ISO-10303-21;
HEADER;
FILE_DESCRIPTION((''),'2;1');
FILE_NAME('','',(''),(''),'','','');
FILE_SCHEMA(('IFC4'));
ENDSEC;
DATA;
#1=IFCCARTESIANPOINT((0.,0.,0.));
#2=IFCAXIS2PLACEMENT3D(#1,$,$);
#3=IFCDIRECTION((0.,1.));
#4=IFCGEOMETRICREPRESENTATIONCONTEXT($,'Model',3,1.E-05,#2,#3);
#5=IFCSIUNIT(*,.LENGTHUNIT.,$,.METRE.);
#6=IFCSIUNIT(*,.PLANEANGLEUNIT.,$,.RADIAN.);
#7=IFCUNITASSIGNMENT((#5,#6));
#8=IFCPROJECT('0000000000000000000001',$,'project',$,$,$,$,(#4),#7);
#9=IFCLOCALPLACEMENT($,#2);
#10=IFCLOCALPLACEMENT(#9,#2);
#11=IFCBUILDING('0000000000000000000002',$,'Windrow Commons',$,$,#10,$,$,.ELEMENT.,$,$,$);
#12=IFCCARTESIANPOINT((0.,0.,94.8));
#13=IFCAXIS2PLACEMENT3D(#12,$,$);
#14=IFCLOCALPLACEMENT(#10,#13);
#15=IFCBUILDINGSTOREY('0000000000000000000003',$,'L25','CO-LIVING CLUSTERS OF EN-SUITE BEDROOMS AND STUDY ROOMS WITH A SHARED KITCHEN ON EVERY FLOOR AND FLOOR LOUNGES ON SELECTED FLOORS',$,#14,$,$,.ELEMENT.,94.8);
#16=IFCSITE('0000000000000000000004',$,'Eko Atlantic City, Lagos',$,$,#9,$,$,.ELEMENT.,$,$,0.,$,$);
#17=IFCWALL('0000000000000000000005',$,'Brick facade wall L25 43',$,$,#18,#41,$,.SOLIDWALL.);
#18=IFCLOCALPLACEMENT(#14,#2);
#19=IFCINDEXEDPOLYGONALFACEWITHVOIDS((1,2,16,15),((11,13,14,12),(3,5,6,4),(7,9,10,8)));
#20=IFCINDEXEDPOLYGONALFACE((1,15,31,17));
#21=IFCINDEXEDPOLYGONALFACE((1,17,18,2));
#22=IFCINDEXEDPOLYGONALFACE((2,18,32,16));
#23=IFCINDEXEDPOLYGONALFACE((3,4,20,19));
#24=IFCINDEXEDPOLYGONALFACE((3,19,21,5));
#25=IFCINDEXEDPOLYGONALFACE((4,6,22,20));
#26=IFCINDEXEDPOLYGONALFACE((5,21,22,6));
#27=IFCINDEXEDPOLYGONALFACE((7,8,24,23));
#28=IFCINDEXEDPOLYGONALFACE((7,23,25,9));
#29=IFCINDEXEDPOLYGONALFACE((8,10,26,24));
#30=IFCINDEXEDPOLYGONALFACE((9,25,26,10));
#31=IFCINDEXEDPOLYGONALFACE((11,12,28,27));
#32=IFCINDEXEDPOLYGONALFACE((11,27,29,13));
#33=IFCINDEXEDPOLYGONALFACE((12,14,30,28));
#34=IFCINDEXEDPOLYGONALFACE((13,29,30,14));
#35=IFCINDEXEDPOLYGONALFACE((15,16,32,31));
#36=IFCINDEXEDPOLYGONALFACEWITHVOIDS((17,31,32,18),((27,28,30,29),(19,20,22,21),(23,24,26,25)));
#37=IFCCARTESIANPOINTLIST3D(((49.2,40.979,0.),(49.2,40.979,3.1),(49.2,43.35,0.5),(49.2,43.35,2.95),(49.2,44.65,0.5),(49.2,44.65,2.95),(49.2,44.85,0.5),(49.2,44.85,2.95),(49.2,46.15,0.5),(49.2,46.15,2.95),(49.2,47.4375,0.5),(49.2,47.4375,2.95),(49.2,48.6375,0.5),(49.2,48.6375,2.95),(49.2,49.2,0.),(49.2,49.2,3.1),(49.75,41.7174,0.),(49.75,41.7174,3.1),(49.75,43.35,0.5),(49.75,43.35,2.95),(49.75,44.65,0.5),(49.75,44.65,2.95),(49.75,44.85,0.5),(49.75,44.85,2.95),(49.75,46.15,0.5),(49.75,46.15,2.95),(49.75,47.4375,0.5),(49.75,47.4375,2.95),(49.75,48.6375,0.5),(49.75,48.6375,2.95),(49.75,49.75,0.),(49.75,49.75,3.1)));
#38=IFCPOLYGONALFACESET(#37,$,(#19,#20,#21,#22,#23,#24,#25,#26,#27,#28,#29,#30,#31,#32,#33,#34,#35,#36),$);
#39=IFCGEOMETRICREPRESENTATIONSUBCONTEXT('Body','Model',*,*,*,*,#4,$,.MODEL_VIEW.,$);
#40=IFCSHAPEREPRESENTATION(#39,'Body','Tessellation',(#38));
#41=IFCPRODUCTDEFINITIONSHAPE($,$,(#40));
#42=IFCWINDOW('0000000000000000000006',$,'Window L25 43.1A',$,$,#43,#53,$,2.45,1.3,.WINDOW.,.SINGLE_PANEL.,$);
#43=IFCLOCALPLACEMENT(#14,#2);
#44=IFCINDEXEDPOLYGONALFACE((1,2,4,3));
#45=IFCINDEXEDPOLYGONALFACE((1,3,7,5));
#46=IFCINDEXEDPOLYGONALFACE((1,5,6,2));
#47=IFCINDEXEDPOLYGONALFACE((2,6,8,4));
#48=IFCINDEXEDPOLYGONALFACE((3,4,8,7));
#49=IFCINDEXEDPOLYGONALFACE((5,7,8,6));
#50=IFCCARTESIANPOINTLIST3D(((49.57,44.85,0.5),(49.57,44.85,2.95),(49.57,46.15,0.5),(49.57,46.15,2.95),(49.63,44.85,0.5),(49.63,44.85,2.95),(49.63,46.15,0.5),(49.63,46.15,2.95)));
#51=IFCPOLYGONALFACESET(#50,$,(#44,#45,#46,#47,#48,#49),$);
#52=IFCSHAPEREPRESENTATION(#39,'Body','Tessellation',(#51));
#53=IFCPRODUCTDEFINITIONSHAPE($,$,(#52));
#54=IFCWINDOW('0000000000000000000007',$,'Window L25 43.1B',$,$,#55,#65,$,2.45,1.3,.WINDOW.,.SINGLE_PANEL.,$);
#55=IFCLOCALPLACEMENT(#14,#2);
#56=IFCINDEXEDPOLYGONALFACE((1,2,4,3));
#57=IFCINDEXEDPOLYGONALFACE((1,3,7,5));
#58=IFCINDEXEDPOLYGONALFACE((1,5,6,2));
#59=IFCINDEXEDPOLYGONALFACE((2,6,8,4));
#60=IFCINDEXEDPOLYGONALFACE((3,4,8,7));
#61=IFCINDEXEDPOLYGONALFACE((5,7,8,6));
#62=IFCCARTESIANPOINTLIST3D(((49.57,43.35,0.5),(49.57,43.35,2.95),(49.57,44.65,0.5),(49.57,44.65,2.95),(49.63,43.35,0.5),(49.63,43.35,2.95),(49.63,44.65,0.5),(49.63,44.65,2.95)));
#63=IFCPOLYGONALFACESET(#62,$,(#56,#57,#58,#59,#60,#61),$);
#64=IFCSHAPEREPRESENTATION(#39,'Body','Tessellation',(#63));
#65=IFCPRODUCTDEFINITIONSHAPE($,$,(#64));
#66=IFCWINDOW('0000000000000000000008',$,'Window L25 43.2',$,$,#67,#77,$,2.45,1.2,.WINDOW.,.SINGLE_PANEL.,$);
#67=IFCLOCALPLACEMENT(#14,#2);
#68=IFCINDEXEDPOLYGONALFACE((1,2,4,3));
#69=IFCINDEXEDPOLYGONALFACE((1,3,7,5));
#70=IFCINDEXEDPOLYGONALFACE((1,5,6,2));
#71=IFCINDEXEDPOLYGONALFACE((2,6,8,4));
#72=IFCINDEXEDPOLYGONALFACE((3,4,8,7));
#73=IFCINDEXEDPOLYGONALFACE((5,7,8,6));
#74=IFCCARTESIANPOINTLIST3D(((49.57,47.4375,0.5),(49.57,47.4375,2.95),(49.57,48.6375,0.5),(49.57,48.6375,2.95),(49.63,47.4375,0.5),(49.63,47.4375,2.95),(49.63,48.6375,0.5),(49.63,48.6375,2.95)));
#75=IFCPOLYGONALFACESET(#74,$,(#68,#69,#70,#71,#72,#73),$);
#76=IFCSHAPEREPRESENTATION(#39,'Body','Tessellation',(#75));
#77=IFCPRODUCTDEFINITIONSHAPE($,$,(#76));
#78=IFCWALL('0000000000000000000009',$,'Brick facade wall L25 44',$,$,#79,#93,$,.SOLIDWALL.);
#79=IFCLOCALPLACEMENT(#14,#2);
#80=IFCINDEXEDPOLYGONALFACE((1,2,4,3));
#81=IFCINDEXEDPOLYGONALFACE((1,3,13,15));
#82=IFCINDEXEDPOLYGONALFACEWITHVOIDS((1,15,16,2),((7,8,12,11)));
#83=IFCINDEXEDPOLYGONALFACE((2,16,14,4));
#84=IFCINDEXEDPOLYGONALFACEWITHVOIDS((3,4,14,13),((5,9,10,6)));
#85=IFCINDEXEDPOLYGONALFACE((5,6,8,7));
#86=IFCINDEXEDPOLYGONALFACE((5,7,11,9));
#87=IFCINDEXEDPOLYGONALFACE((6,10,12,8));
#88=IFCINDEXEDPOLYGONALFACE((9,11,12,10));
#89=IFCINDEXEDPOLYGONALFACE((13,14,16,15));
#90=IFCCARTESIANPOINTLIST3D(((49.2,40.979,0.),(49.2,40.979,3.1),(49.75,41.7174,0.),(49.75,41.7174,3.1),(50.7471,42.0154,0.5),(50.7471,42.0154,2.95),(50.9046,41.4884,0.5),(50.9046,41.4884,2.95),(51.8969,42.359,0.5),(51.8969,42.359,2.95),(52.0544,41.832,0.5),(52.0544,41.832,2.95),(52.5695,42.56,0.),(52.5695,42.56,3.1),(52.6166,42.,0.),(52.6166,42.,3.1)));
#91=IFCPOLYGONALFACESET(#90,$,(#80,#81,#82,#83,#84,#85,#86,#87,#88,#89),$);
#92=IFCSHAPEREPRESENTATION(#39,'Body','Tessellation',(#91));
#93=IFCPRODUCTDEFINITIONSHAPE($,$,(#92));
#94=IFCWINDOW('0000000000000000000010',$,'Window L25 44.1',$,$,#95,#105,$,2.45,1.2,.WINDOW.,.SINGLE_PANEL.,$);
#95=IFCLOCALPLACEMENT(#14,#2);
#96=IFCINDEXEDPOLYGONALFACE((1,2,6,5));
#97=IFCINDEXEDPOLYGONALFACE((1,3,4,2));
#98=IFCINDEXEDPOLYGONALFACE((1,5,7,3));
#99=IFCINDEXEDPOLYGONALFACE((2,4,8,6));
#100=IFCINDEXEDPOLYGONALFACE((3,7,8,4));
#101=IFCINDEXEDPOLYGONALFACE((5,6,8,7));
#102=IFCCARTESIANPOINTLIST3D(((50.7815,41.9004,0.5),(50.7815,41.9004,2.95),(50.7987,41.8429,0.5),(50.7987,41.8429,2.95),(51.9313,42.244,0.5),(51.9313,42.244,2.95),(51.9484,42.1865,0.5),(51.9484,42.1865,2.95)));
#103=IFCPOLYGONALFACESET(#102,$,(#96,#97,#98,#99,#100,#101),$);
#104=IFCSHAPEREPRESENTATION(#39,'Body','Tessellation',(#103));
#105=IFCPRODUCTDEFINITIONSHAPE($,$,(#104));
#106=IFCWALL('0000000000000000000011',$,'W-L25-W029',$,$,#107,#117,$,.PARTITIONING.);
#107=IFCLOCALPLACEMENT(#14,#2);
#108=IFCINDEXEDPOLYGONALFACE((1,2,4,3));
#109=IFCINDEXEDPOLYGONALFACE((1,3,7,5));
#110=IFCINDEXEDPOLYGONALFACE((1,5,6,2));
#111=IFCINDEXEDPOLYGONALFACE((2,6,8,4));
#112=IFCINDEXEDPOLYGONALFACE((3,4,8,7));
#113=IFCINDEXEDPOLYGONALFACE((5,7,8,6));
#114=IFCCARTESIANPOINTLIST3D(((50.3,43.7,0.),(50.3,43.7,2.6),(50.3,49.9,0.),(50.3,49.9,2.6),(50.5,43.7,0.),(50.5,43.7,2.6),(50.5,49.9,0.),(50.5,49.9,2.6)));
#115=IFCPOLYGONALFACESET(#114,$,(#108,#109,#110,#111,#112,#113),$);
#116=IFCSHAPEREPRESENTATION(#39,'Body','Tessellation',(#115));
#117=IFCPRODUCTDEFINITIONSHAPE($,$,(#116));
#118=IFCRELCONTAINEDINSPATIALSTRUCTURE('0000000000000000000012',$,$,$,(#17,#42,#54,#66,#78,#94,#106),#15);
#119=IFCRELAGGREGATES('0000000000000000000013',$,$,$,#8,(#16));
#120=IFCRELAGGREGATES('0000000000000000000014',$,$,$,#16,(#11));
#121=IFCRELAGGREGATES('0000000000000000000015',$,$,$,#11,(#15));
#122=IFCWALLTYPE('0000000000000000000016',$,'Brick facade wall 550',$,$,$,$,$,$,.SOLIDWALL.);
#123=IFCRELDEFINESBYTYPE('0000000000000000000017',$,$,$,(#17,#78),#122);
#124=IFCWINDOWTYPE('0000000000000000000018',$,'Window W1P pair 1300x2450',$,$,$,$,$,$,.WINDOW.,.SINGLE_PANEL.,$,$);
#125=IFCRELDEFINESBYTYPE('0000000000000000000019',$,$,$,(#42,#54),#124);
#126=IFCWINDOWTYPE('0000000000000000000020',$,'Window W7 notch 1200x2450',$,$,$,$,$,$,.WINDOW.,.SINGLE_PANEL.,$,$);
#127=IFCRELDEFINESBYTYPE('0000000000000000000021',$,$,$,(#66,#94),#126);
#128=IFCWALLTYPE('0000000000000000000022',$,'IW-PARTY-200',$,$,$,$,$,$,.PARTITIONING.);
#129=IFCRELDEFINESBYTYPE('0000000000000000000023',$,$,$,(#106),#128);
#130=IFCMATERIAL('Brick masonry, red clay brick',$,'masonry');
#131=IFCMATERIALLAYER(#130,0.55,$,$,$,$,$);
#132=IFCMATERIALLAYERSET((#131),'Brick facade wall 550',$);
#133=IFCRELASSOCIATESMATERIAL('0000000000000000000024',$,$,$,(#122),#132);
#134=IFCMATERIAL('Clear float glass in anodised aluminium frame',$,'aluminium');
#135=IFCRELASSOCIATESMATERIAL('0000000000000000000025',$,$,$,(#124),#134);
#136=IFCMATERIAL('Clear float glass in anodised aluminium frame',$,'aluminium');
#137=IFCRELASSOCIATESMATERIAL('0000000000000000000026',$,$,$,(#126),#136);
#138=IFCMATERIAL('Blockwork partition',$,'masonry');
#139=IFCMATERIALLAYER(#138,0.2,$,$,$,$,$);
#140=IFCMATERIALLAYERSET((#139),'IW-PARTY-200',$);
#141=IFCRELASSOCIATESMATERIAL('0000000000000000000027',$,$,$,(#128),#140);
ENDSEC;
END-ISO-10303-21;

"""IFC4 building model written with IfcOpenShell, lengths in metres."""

from ifc_helpers import new_model, si_unit, direction, frame, frame_2d, origin, place, context, subcontext, project, spatial, polyline, rectangle, outline, extrude, material, layer, layer_set, type_object, element, fill, save


model = new_model("IFC4")

# Units and contexts
model_context = context("Model", 3, precision=1e-05, world=origin(), true_north=direction((0.0, 1.0)))
body_context = subcontext(model_context, "Body", "Model", "MODEL_VIEW")
ifc_project = project(units=[si_unit("LENGTHUNIT", "METRE"), si_unit("PLANEANGLEUNIT", "RADIAN")], contexts=[model_context])

# Site, building, storey
site_placement = place(None, origin())
site = spatial("IfcSite", under=ifc_project, at=site_placement, Name="Eko Atlantic City, Lagos", CompositionType="ELEMENT", RefElevation=0.0)
building_placement = place(site_placement, origin())
building = spatial("IfcBuilding", under=site, at=building_placement, Name="Windrow Commons", CompositionType="ELEMENT")
storey_placement = place(building_placement, frame((0.0, 0.0, 94.8)))
storey = spatial("IfcBuildingStorey", under=building, at=storey_placement, Name="L25", Description="CO-LIVING CLUSTERS OF EN-SUITE BEDROOMS AND STUDY ROOMS WITH A SHARED KITCHEN ON EVERY FLOOR AND FLOOR LOUNGES ON SELECTED FLOORS", CompositionType="ELEMENT", Elevation=94.8)

# Wall, openings, windows
ifc_material_1 = material(Name="Brick masonry, red clay brick", Category="masonry")
ifc_layer_1 = layer(ifc_material_1, 0.55)
ifc_layer_set_1 = layer_set([ifc_layer_1], Name="Brick facade wall 550")
wall_type_1 = type_object("IfcWallType", Name="Brick facade wall 550", PredefinedType="SOLIDWALL", material=ifc_layer_set_1)
ifc_material_2 = material(Name="Clear float glass in anodised aluminium frame", Category="aluminium")
window_type_1 = type_object("IfcWindowType", Name="Window W1P pair 1300x2450", PartitioningType="SINGLE_PANEL", PredefinedType="WINDOW", material=ifc_material_2)
ifc_material_3 = material(Name="Clear float glass in anodised aluminium frame", Category="aluminium")
window_type_2 = type_object("IfcWindowType", Name="Window W7 notch 1200x2450", PartitioningType="SINGLE_PANEL", PredefinedType="WINDOW", material=ifc_material_3)
wall_1_placement = place(storey_placement, frame((49.475, 49.475, 0.0), z_axis=(0.0, 0.0, 1.0), x_axis=(0.0, -1.0, 0.0)))
wall_1 = element("IfcWall", 1, at=wall_1_placement, inside=storey, type_object=wall_type_1, Name="Brick facade wall L25 43", PredefinedType="SOLIDWALL", context=body_context, shape_type="SweptSolid", body=[
    extrude(outline(polyline([(0.275, -0.275), (8.496, -0.275), (7.7576, 0.275), (-0.275, 0.275), (0.275, -0.275)])), origin(), (0.0, 0.0, 1.0), 3.1),
])
opening_1_placement = place(wall_1_placement, frame((3.325, 0.0, 0.5)))
opening_1 = element("IfcOpeningElement", 2, at=opening_1_placement, cuts=wall_1, PredefinedType="OPENING", context=body_context, shape_type="SweptSolid", body=[
    extrude(rectangle(XDim=1.3, YDim=2.45, at=frame_2d((0.65, 1.225))), frame((0.0, 0.285, 0.0), z_axis=(0.0, -1.0, 0.0), x_axis=(1.0, 0.0, 0.0)), (0.0, 0.0, 1.0), 0.57),
])
opening_2_placement = place(wall_1_placement, frame((4.825, 0.0, 0.5)))
opening_2 = element("IfcOpeningElement", 3, at=opening_2_placement, cuts=wall_1, PredefinedType="OPENING", context=body_context, shape_type="SweptSolid", body=[
    extrude(rectangle(XDim=1.3, YDim=2.45, at=frame_2d((0.65, 1.225))), frame((0.0, 0.285, 0.0), z_axis=(0.0, -1.0, 0.0), x_axis=(1.0, 0.0, 0.0)), (0.0, 0.0, 1.0), 0.57),
])
opening_3_placement = place(wall_1_placement, frame((0.8375, 0.0, 0.5)))
opening_3 = element("IfcOpeningElement", 4, at=opening_3_placement, cuts=wall_1, PredefinedType="OPENING", context=body_context, shape_type="SweptSolid", body=[
    extrude(rectangle(XDim=1.2, YDim=2.45, at=frame_2d((0.6, 1.225))), frame((0.0, 0.285, 0.0), z_axis=(0.0, -1.0, 0.0), x_axis=(1.0, 0.0, 0.0)), (0.0, 0.0, 1.0), 0.57),
])
window_1_placement = place(opening_1_placement, origin())
window_1 = element("IfcWindow", 5, at=window_1_placement, inside=storey, type_object=window_type_1, Name="Window L25 43.1A", OverallHeight=2.45, OverallWidth=1.3, PartitioningType="SINGLE_PANEL", PredefinedType="WINDOW", context=body_context, shape_type="SweptSolid", body=[
    extrude(rectangle(XDim=1.3, YDim=2.45, at=frame_2d((0.65, 1.225))), frame((0.0, 0.155, 0.0), z_axis=(0.0, -1.0, 0.0), x_axis=(1.0, 0.0, 0.0)), (0.0, 0.0, 1.0), 0.06),
])
fill(opening_1, window_1)
window_2_placement = place(opening_2_placement, origin())
window_2 = element("IfcWindow", 6, at=window_2_placement, inside=storey, type_object=window_type_1, Name="Window L25 43.1B", OverallHeight=2.45, OverallWidth=1.3, PartitioningType="SINGLE_PANEL", PredefinedType="WINDOW", context=body_context, shape_type="SweptSolid", body=[
    extrude(rectangle(XDim=1.3, YDim=2.45, at=frame_2d((0.65, 1.225))), frame((0.0, 0.155, 0.0), z_axis=(0.0, -1.0, 0.0), x_axis=(1.0, 0.0, 0.0)), (0.0, 0.0, 1.0), 0.06),
])
fill(opening_2, window_2)
window_3_placement = place(opening_3_placement, origin())
window_3 = element("IfcWindow", 7, at=window_3_placement, inside=storey, type_object=window_type_2, Name="Window L25 43.2", OverallHeight=2.45, OverallWidth=1.2, PartitioningType="SINGLE_PANEL", PredefinedType="WINDOW", context=body_context, shape_type="SweptSolid", body=[
    extrude(rectangle(XDim=1.2, YDim=2.45, at=frame_2d((0.6, 1.225))), frame((0.0, 0.155, 0.0), z_axis=(0.0, -1.0, 0.0), x_axis=(1.0, 0.0, 0.0)), (0.0, 0.0, 1.0), 0.06),
])
fill(opening_3, window_3)

# Wall, opening, window
wall_2_placement = place(storey_placement, frame((49.475, 41.3482, 0.0), z_axis=(0.0, 0.0, 1.0), x_axis=(0.958133, 0.286324, 0.0)))
wall_2 = element("IfcWall", 8, at=wall_2_placement, inside=storey, type_object=wall_type_1, Name="Brick facade wall L25 44", PredefinedType="SOLIDWALL", context=body_context, shape_type="SweptSolid", body=[
    extrude(outline(polyline([(-0.3692, -0.275), (3.1967, -0.275), (3.3119, 0.275), (0.3692, 0.275), (-0.3692, -0.275)])), origin(), (0.0, 0.0, 1.0), 3.1),
])
opening_4_placement = place(wall_2_placement, frame((1.4099, 0.0, 0.5)))
opening_4 = element("IfcOpeningElement", 9, at=opening_4_placement, cuts=wall_2, PredefinedType="OPENING", context=body_context, shape_type="SweptSolid", body=[
    extrude(rectangle(XDim=1.2, YDim=2.45, at=frame_2d((0.6, 1.225))), frame((0.0, 0.285, 0.0), z_axis=(0.0, -1.0, 0.0), x_axis=(1.0, 0.0, 0.0)), (0.0, 0.0, 1.0), 0.57),
])
window_4_placement = place(opening_4_placement, origin())
window_4 = element("IfcWindow", 10, at=window_4_placement, inside=storey, type_object=window_type_2, Name="Window L25 44.1", OverallHeight=2.45, OverallWidth=1.2, PartitioningType="SINGLE_PANEL", PredefinedType="WINDOW", context=body_context, shape_type="SweptSolid", body=[
    extrude(rectangle(XDim=1.2, YDim=2.45, at=frame_2d((0.6, 1.225))), frame((0.0, 0.155, 0.0), z_axis=(0.0, -1.0, 0.0), x_axis=(1.0, 0.0, 0.0)), (0.0, 0.0, 1.0), 0.06),
])
fill(opening_4, window_4)

# Wall
ifc_material_4 = material(Name="Blockwork partition", Category="masonry")
ifc_layer_2 = layer(ifc_material_4, 0.2)
ifc_layer_set_2 = layer_set([ifc_layer_2], Name="IW-PARTY-200")
wall_type_2 = type_object("IfcWallType", Name="IW-PARTY-200", PredefinedType="PARTITIONING", material=ifc_layer_set_2)
wall_3_placement = place(storey_placement, frame((50.4, 43.7, 0.0), z_axis=(0.0, 0.0, 1.0), x_axis=(0.0, 1.0, 0.0)))
element("IfcWall", 11, at=wall_3_placement, inside=storey, type_object=wall_type_2, Name="W-L25-W029", PredefinedType="PARTITIONING", context=body_context, shape_type="SweptSolid", body=[
    extrude(rectangle(XDim=6.2, YDim=0.2, at=frame_2d((3.1, 0.0))), origin(), (0.0, 0.0, 1.0), 2.6),
])

save(model, "model.ifc")
